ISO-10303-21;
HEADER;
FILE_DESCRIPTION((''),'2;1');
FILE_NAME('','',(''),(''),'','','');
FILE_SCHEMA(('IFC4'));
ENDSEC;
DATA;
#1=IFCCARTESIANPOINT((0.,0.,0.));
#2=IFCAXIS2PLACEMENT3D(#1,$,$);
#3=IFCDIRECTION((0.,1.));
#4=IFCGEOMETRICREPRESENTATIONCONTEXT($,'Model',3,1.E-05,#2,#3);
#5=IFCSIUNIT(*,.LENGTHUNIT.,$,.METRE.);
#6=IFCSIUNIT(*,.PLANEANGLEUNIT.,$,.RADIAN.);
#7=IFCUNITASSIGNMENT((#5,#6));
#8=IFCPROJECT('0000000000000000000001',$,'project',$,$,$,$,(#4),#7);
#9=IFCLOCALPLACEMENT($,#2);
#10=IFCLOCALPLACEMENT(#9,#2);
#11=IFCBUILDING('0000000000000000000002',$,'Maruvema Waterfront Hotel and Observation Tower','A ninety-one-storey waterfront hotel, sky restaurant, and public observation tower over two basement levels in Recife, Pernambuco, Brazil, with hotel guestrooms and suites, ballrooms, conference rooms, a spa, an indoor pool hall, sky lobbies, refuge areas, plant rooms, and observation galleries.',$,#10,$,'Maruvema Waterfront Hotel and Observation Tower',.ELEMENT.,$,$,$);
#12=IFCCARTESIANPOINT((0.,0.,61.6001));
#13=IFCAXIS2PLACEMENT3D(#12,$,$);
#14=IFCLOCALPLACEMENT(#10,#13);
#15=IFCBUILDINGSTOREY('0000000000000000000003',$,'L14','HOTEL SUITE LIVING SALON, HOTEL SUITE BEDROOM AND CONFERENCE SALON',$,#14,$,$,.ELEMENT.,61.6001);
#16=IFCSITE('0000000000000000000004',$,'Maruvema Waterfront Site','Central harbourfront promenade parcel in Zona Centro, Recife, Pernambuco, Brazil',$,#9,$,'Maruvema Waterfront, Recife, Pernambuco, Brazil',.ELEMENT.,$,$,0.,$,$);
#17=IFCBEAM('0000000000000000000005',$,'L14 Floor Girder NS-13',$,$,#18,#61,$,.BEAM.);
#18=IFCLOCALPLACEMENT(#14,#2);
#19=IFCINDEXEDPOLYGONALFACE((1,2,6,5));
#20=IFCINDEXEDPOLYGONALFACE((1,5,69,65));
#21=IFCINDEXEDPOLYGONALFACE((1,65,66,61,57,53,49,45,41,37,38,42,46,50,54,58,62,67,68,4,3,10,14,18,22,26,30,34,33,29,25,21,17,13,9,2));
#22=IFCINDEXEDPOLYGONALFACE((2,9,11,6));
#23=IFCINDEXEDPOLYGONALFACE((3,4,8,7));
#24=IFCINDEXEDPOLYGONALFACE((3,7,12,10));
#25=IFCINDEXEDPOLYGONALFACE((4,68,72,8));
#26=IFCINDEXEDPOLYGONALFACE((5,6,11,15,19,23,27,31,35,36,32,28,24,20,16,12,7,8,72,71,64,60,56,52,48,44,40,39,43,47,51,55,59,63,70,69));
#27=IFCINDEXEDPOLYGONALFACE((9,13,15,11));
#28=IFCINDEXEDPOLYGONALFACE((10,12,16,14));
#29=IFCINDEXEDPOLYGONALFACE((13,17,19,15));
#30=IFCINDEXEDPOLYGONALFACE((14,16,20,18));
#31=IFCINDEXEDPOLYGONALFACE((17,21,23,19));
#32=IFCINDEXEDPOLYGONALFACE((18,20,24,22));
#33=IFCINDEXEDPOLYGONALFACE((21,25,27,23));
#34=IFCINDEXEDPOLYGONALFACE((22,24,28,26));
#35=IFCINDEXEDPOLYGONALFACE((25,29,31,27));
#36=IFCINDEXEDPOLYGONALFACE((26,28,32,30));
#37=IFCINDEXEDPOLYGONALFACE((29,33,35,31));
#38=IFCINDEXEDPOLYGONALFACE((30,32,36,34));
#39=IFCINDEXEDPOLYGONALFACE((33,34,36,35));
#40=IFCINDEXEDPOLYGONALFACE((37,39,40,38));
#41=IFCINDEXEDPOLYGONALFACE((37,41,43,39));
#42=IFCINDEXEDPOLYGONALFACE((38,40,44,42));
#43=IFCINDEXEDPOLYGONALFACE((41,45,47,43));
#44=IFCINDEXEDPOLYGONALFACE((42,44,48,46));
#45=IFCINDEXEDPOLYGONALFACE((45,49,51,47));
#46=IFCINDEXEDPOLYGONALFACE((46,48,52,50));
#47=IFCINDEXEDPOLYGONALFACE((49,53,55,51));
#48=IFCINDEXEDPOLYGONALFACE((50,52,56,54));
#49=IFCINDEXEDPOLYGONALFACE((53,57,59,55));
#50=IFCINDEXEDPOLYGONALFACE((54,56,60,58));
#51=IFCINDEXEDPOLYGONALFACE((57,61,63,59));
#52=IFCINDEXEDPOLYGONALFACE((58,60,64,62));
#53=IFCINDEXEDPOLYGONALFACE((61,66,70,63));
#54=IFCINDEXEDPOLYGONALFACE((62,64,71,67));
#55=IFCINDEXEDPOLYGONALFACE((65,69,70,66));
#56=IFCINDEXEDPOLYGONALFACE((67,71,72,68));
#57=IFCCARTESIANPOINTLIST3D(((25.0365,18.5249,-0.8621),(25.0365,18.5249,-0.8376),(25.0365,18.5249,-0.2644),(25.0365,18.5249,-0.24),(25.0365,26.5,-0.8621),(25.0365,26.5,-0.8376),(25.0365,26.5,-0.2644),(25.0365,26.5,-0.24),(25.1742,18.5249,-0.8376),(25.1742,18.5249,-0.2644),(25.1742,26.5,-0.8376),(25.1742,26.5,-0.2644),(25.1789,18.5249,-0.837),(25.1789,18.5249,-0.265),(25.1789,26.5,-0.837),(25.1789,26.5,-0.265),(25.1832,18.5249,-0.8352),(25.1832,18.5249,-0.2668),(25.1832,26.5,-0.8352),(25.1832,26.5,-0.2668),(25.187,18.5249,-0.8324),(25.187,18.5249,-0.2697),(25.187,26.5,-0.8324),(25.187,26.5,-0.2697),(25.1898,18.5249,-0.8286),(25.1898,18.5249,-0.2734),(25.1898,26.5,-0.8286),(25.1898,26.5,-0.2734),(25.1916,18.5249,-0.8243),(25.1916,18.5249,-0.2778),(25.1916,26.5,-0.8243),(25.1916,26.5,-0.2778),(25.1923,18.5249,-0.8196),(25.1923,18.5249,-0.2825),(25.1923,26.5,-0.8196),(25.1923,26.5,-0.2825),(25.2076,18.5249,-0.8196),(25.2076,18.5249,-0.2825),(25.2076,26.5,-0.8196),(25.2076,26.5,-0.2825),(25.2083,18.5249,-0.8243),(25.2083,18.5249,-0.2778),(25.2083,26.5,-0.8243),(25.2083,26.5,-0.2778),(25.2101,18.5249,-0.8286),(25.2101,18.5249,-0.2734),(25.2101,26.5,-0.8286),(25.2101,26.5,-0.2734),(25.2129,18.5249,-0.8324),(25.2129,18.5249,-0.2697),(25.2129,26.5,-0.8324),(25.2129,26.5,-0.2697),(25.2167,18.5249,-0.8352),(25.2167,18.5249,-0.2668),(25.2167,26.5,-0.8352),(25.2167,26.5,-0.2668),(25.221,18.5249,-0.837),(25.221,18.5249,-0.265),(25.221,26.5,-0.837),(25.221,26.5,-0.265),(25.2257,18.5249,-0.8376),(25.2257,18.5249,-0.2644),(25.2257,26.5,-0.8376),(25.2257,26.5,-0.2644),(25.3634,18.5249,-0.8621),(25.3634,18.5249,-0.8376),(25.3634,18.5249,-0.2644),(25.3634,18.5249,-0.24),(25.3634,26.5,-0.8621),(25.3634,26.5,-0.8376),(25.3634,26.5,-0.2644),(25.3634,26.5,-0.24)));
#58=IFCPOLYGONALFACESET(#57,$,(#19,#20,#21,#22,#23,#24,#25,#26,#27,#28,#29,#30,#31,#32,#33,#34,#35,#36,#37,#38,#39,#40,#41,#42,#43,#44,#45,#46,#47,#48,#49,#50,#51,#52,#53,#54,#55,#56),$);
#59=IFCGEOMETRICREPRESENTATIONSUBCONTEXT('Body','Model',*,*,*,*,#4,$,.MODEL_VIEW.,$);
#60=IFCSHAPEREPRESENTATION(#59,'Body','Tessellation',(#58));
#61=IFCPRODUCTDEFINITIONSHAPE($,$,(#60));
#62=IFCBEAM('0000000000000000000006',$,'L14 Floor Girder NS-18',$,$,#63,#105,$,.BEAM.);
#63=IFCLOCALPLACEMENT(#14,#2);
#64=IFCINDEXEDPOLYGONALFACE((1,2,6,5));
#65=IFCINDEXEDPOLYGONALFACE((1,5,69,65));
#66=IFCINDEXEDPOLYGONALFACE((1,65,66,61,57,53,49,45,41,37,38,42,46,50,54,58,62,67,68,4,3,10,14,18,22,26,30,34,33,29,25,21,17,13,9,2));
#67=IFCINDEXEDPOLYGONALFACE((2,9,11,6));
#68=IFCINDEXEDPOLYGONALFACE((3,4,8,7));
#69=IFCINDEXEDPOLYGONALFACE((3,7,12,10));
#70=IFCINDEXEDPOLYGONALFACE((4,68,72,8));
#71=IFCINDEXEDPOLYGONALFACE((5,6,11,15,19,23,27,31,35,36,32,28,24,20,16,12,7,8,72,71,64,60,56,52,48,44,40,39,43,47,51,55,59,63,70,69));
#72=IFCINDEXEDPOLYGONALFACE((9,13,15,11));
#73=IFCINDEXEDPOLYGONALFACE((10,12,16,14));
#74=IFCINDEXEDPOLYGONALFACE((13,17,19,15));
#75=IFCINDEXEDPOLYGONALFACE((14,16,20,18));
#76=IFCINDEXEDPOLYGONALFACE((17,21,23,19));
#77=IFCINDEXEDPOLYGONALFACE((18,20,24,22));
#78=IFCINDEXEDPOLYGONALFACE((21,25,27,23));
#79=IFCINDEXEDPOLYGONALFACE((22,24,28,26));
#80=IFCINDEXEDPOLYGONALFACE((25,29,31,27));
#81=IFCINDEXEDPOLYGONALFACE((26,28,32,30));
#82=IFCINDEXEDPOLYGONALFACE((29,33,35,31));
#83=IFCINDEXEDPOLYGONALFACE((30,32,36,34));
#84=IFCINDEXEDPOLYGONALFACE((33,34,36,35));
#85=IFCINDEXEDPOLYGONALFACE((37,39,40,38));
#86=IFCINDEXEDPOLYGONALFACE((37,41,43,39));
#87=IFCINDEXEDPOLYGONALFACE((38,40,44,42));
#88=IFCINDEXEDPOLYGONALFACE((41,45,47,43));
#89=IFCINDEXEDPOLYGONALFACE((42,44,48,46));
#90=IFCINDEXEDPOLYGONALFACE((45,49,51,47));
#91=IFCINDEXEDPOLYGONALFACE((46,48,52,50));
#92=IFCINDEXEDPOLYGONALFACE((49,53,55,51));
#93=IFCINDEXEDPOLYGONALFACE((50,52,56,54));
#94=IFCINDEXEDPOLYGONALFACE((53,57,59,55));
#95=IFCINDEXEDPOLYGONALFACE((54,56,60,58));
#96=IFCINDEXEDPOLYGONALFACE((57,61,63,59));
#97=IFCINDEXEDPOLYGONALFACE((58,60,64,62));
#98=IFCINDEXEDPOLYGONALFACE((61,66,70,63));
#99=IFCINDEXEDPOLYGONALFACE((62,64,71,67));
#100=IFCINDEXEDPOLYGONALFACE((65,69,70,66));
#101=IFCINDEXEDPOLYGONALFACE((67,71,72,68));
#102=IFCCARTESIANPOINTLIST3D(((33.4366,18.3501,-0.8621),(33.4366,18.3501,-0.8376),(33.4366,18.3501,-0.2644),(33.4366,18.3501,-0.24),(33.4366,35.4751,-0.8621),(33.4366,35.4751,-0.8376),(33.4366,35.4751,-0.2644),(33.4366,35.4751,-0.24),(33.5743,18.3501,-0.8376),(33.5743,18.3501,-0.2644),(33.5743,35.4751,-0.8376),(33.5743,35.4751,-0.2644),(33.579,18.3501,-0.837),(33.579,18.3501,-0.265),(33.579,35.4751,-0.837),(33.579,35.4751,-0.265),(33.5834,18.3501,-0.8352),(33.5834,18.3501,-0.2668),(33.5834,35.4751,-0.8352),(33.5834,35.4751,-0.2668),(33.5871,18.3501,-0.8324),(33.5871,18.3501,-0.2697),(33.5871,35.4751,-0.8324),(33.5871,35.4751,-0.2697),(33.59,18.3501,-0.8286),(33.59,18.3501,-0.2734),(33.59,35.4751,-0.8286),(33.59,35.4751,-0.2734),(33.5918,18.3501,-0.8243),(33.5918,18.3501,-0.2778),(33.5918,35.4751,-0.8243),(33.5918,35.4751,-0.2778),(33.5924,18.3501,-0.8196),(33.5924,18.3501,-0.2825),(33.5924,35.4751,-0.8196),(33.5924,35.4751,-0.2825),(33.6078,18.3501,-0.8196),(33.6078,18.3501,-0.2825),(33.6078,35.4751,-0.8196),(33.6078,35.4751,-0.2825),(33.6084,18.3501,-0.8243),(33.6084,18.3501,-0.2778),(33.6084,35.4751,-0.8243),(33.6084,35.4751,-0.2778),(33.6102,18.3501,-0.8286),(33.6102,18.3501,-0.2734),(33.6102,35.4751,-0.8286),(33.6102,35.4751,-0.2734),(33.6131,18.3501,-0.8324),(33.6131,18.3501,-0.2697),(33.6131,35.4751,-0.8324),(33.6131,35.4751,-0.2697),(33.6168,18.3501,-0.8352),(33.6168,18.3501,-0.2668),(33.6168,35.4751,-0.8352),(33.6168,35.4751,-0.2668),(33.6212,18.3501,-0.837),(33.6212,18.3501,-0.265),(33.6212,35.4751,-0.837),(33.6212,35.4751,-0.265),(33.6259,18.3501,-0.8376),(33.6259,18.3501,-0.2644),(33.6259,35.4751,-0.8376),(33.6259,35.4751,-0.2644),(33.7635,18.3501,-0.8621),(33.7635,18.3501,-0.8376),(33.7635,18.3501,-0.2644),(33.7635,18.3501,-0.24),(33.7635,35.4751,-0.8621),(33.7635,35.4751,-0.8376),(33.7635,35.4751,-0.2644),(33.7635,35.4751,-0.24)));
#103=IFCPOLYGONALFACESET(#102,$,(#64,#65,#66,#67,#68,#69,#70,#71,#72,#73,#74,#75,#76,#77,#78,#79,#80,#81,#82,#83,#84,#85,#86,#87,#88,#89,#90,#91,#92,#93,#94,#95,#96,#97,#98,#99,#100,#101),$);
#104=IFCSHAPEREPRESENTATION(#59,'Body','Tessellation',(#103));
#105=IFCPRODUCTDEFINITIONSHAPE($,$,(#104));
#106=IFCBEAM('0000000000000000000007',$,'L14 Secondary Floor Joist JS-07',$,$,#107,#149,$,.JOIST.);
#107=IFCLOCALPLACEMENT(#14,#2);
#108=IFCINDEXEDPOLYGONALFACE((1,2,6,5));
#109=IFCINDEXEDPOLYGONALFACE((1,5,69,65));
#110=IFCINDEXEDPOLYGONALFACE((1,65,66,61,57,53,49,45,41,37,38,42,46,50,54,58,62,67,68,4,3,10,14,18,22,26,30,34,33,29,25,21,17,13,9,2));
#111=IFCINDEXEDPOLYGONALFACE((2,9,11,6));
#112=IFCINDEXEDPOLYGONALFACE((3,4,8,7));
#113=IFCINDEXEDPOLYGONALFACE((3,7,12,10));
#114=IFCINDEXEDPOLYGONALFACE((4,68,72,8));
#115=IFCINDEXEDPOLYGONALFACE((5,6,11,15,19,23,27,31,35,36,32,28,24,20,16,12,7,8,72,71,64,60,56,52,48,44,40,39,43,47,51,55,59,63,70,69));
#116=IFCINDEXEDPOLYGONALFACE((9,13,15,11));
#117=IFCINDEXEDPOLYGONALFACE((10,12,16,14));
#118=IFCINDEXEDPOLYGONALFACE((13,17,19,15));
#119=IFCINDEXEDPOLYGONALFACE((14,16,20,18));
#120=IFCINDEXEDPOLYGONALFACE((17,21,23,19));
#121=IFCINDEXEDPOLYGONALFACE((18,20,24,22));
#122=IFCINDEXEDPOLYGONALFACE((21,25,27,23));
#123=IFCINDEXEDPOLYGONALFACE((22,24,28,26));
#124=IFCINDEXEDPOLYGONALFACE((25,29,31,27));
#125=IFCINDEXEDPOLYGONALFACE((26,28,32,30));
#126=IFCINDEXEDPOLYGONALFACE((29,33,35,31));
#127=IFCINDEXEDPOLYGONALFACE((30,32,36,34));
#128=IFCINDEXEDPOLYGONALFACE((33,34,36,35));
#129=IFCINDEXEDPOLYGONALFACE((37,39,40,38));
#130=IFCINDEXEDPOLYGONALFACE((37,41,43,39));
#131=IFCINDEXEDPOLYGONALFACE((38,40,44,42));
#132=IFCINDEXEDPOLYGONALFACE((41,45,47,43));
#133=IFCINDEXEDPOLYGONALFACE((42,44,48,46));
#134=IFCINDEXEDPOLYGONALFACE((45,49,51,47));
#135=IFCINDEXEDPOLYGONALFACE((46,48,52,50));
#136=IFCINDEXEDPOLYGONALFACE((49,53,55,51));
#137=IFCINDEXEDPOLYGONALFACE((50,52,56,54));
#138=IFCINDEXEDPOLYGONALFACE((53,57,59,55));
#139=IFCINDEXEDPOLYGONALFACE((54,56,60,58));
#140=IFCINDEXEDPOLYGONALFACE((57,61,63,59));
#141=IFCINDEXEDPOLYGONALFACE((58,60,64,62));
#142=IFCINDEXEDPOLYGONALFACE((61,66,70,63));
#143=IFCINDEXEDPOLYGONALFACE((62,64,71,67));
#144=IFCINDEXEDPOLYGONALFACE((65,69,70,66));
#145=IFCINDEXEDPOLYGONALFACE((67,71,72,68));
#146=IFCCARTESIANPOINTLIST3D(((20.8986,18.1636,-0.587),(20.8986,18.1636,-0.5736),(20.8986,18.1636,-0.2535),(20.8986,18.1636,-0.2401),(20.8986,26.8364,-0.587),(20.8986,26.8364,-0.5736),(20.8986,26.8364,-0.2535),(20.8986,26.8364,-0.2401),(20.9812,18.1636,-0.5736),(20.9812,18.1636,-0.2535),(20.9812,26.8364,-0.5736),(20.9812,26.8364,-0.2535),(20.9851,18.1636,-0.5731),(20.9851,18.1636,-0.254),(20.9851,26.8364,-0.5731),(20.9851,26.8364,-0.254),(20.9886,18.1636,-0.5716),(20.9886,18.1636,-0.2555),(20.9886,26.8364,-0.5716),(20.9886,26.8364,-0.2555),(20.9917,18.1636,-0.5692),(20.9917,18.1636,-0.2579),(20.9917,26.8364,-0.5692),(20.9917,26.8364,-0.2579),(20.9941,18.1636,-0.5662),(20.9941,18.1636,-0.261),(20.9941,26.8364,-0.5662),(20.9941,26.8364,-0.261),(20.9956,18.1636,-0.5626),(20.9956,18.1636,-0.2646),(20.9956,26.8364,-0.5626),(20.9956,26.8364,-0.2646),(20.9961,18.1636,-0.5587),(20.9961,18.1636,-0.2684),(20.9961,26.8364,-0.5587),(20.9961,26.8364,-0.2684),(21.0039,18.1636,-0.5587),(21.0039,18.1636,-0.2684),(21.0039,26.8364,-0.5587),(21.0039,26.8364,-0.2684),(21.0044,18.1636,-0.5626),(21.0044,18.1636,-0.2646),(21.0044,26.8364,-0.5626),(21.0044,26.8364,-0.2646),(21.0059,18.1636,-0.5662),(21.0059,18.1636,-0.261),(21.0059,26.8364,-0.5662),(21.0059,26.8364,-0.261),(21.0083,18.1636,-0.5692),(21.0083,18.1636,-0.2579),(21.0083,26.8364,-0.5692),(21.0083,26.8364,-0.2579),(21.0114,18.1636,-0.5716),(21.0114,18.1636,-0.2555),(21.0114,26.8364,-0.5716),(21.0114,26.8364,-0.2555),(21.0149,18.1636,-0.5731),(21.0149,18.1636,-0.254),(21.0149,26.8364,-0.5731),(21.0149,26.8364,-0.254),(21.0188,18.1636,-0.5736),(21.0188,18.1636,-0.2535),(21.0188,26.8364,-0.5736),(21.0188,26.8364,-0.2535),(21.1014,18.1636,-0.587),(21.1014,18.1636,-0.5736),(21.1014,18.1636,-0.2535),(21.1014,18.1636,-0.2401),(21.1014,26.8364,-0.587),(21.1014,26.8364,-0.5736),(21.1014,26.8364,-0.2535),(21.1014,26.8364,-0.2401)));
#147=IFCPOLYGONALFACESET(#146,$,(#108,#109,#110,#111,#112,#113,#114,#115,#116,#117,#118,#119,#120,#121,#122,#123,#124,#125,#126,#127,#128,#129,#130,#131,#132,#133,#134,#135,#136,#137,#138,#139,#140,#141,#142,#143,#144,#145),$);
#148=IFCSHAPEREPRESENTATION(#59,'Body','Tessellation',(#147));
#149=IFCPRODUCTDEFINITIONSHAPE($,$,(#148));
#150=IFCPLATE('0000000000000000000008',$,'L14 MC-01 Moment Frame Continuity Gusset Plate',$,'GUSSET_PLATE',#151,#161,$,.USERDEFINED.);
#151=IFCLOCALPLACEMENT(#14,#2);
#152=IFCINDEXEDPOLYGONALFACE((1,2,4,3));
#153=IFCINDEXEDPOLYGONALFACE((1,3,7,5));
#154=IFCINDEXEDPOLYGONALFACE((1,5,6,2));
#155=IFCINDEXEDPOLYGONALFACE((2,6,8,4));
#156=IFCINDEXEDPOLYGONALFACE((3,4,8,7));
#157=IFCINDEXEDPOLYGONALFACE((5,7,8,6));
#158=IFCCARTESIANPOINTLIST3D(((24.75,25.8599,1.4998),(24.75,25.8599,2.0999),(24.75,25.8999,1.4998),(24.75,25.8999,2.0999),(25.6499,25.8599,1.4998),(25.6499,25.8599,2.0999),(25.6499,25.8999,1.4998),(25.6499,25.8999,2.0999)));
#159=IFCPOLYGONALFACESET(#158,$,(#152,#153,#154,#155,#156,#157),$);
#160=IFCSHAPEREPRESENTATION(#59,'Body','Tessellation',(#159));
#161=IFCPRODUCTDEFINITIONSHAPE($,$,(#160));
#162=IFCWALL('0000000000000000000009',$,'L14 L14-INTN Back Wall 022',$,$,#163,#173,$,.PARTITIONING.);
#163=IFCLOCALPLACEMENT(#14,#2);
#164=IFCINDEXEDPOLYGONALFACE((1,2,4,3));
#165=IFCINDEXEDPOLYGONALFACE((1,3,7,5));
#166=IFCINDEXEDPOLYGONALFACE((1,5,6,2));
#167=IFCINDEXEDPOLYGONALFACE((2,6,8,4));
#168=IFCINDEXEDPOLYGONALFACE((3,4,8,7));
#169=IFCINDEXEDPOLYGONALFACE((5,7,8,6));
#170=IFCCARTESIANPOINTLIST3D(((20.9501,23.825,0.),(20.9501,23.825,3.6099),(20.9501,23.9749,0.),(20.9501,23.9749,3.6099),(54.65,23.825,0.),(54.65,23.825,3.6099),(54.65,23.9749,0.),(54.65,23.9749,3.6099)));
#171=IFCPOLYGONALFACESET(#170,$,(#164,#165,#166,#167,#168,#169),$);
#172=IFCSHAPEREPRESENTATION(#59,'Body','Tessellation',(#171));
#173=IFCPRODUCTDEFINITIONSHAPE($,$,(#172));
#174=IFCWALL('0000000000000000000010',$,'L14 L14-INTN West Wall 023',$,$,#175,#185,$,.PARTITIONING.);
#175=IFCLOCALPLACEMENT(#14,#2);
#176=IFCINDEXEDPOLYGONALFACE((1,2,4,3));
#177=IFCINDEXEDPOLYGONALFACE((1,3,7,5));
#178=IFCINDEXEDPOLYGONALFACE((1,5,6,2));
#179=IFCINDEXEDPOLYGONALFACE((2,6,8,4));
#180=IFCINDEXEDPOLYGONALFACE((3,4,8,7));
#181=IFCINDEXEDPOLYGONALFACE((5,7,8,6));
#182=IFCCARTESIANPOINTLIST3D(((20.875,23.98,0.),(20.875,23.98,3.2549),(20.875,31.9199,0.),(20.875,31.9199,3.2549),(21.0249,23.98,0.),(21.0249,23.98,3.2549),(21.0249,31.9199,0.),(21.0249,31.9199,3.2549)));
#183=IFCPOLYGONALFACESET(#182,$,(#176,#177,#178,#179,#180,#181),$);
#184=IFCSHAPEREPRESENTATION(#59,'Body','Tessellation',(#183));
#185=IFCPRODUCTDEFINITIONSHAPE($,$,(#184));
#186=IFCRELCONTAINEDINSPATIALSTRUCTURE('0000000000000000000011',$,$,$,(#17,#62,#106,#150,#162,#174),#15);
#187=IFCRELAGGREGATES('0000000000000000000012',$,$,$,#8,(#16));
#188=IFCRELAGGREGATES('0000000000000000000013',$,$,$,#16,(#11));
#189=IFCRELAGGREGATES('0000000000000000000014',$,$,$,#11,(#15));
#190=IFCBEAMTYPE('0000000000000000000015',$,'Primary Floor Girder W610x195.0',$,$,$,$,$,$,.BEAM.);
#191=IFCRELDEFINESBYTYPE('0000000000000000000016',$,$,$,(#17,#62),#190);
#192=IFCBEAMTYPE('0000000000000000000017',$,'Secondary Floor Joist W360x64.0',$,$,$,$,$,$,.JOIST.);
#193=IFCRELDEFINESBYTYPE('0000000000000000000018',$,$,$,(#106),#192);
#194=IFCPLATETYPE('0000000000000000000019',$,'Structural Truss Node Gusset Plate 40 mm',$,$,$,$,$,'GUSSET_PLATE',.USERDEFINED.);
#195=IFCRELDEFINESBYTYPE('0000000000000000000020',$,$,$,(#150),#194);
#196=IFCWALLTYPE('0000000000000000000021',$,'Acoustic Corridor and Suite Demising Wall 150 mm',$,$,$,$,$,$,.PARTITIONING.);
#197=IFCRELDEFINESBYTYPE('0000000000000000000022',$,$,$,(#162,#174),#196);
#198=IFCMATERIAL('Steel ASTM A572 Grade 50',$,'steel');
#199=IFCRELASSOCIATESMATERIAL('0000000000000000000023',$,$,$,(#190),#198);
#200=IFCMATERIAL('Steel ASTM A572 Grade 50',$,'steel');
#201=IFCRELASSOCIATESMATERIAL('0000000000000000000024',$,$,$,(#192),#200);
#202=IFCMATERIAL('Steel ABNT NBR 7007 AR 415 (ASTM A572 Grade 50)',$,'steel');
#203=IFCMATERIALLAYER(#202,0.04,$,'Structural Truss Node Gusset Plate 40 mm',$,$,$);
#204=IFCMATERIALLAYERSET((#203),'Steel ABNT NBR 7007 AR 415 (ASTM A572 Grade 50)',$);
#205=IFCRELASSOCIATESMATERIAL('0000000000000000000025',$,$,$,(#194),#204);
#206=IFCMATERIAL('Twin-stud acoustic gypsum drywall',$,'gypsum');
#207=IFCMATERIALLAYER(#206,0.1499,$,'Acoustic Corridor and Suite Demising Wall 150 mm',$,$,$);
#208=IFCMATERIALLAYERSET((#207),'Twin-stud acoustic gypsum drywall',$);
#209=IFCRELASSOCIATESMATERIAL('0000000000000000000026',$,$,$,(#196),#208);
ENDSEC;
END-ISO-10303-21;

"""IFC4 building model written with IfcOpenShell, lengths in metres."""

from ifc_helpers import new_model, si_unit, direction, frame, frame_2d, origin, origin_2d, place, context, subcontext, project, spatial, rectangle, i_section, extrude, material, layer, layer_set, material_profile, profile_set, type_object, element, save


model = new_model("IFC4")

# Units and contexts
model_context = context("Model", 3, precision=1e-05, world=origin(), true_north=direction((0.0, 1.0)))
body_context = subcontext(model_context, "Body", "Model", "MODEL_VIEW")
ifc_project = project(units=[si_unit("LENGTHUNIT", "METRE"), si_unit("PLANEANGLEUNIT", "RADIAN")], contexts=[model_context])

# Site, building, storey
site_placement = place(None, origin())
site = spatial("IfcSite", under=ifc_project, at=site_placement, Name="Maruvema Waterfront Site", Description="Central harbourfront promenade parcel in Zona Centro, Recife, Pernambuco, Brazil", LongName="Maruvema Waterfront, Recife, Pernambuco, Brazil", CompositionType="ELEMENT", RefElevation=0.0)
building_placement = place(site_placement, origin())
building = spatial("IfcBuilding", under=site, at=building_placement, Name="Maruvema Waterfront Hotel and Observation Tower", Description="A ninety-one-storey waterfront hotel, sky restaurant, and public observation tower over two basement levels in Recife, Pernambuco, Brazil, with hotel guestrooms and suites, ballrooms, conference rooms, a spa, an indoor pool hall, sky lobbies, refuge areas, plant rooms, and observation galleries.", LongName="Maruvema Waterfront Hotel and Observation Tower", CompositionType="ELEMENT")
storey_placement = place(building_placement, frame((0.0, 0.0, 61.6001)))
storey = spatial("IfcBuildingStorey", under=building, at=storey_placement, Name="L14", Description="HOTEL SUITE LIVING SALON, HOTEL SUITE BEDROOM AND CONFERENCE SALON", CompositionType="ELEMENT", Elevation=61.6001)

# Beams
ifc_material_1 = material(Name="Steel ASTM A572 Grade 50", Category="steel")
ifc_material_profile_1 = material_profile(ifc_material_1, i_section(OverallWidth=0.3269, OverallDepth=0.6221, WebThickness=0.0154, FlangeThickness=0.0244, FilletRadius=0.0181, at=origin_2d()), Name="W610x195.0")
ifc_profile_set_1 = profile_set([ifc_material_profile_1], Name="Steel ASTM A572 Grade 50")
beam_type_1 = type_object("IfcBeamType", Name="Primary Floor Girder W610x195.0", PredefinedType="BEAM", material=ifc_profile_set_1)
beam_1_placement = place(storey_placement, frame((25.2, 18.5249, -0.551), z_axis=(0.0, 1.0, 0.0), x_axis=(-1.0, 0.0, 0.0)))
element("IfcBeam", 1, at=beam_1_placement, inside=storey, type_object=beam_type_1, Name="L14 Floor Girder NS-13", PredefinedType="BEAM", context=body_context, shape_type="SweptSolid", body=[
    extrude(i_section(OverallWidth=0.3269, OverallDepth=0.6221, WebThickness=0.0154, FlangeThickness=0.0244, FilletRadius=0.0181, at=origin_2d()), origin(), (0.0, 0.0, 1.0), 7.9751),
])
beam_2_placement = place(storey_placement, frame((33.6001, 18.3501, -0.551), z_axis=(0.0, 1.0, 0.0), x_axis=(-1.0, 0.0, 0.0)))
element("IfcBeam", 2, at=beam_2_placement, inside=storey, type_object=beam_type_1, Name="L14 Floor Girder NS-18", PredefinedType="BEAM", context=body_context, shape_type="SweptSolid", body=[
    extrude(i_section(OverallWidth=0.3269, OverallDepth=0.6221, WebThickness=0.0154, FlangeThickness=0.0244, FilletRadius=0.0181, at=origin_2d()), origin(), (0.0, 0.0, 1.0), 17.125),
])
ifc_material_2 = material(Name="Steel ASTM A572 Grade 50", Category="steel")
ifc_material_profile_2 = material_profile(ifc_material_2, i_section(OverallWidth=0.2029, OverallDepth=0.3469, WebThickness=0.0078, FlangeThickness=0.0134, FilletRadius=0.0149, at=origin_2d()), Name="W360x64.0")
ifc_profile_set_2 = profile_set([ifc_material_profile_2], Name="Steel ASTM A572 Grade 50")
beam_type_2 = type_object("IfcBeamType", Name="Secondary Floor Joist W360x64.0", PredefinedType="JOIST", material=ifc_profile_set_2)
beam_3_placement = place(storey_placement, frame((21.0, 18.1636, -0.4136), z_axis=(0.0, 1.0, 0.0), x_axis=(-1.0, 0.0, 0.0)))
element("IfcBeam", 3, at=beam_3_placement, inside=storey, type_object=beam_type_2, Name="L14 Secondary Floor Joist JS-07", PredefinedType="JOIST", context=body_context, shape_type="SweptSolid", body=[
    extrude(i_section(OverallWidth=0.2029, OverallDepth=0.3469, WebThickness=0.0078, FlangeThickness=0.0134, FilletRadius=0.0149, at=origin_2d()), origin(), (0.0, 0.0, 1.0), 8.6729),
])

# Plate
ifc_material_3 = material(Name="Steel ABNT NBR 7007 AR 415 (ASTM A572 Grade 50)", Category="steel")
ifc_layer_1 = layer(ifc_material_3, 0.04, Name="Structural Truss Node Gusset Plate 40 mm")
ifc_layer_set_1 = layer_set([ifc_layer_1], Name="Steel ABNT NBR 7007 AR 415 (ASTM A572 Grade 50)")
plate_type = type_object("IfcPlateType", Name="Structural Truss Node Gusset Plate 40 mm", ElementType="GUSSET_PLATE", PredefinedType="USERDEFINED", material=ifc_layer_set_1)
plate_placement = place(storey_placement, frame((25.2, 25.8799, 1.4998), z_axis=(0.0, 0.0, 1.0), x_axis=(1.0, 0.0, 0.0)))
element("IfcPlate", 4, at=plate_placement, inside=storey, type_object=plate_type, Name="L14 MC-01 Moment Frame Continuity Gusset Plate", ObjectType="GUSSET_PLATE", PredefinedType="USERDEFINED", context=body_context, shape_type="SweptSolid", body=[
    extrude(rectangle(XDim=0.8999, YDim=0.04, at=origin_2d()), origin(), (0.0, 0.0, 1.0), 0.6001),
])

# Walls
ifc_material_4 = material(Name="Twin-stud acoustic gypsum drywall", Category="gypsum")
ifc_layer_2 = layer(ifc_material_4, 0.1499, Name="Acoustic Corridor and Suite Demising Wall 150 mm")
ifc_layer_set_2 = layer_set([ifc_layer_2], Name="Twin-stud acoustic gypsum drywall")
wall_type_1 = type_object("IfcWallType", Name="Acoustic Corridor and Suite Demising Wall 150 mm", PredefinedType="PARTITIONING", material=ifc_layer_set_2)
wall_1_placement = place(storey_placement, frame((20.95, 23.8999, 0.0), z_axis=(0.0, 0.0, 1.0), x_axis=(1.0, 0.0, 0.0)))
element("IfcWall", 5, at=wall_1_placement, inside=storey, type_object=wall_type_1, Name="L14 L14-INTN Back Wall 022", PredefinedType="PARTITIONING", context=body_context, shape_type="SweptSolid", body=[
    extrude(rectangle(XDim=33.7, YDim=0.1499, at=frame_2d((16.8501, 0.0))), origin(), (0.0, 0.0, 1.0), 3.6099),
])
wall_2_placement = place(storey_placement, frame((20.95, 23.98, 0.0), z_axis=(0.0, 0.0, 1.0), x_axis=(0.0, 1.0, 0.0)))
element("IfcWall", 6, at=wall_2_placement, inside=storey, type_object=wall_type_1, Name="L14 L14-INTN West Wall 023", PredefinedType="PARTITIONING", context=body_context, shape_type="SweptSolid", body=[
    extrude(rectangle(XDim=7.9399, YDim=0.1499, at=frame_2d((3.97, 0.0))), origin(), (0.0, 0.0, 1.0), 3.2549),
])

save(model, "model.ifc")
